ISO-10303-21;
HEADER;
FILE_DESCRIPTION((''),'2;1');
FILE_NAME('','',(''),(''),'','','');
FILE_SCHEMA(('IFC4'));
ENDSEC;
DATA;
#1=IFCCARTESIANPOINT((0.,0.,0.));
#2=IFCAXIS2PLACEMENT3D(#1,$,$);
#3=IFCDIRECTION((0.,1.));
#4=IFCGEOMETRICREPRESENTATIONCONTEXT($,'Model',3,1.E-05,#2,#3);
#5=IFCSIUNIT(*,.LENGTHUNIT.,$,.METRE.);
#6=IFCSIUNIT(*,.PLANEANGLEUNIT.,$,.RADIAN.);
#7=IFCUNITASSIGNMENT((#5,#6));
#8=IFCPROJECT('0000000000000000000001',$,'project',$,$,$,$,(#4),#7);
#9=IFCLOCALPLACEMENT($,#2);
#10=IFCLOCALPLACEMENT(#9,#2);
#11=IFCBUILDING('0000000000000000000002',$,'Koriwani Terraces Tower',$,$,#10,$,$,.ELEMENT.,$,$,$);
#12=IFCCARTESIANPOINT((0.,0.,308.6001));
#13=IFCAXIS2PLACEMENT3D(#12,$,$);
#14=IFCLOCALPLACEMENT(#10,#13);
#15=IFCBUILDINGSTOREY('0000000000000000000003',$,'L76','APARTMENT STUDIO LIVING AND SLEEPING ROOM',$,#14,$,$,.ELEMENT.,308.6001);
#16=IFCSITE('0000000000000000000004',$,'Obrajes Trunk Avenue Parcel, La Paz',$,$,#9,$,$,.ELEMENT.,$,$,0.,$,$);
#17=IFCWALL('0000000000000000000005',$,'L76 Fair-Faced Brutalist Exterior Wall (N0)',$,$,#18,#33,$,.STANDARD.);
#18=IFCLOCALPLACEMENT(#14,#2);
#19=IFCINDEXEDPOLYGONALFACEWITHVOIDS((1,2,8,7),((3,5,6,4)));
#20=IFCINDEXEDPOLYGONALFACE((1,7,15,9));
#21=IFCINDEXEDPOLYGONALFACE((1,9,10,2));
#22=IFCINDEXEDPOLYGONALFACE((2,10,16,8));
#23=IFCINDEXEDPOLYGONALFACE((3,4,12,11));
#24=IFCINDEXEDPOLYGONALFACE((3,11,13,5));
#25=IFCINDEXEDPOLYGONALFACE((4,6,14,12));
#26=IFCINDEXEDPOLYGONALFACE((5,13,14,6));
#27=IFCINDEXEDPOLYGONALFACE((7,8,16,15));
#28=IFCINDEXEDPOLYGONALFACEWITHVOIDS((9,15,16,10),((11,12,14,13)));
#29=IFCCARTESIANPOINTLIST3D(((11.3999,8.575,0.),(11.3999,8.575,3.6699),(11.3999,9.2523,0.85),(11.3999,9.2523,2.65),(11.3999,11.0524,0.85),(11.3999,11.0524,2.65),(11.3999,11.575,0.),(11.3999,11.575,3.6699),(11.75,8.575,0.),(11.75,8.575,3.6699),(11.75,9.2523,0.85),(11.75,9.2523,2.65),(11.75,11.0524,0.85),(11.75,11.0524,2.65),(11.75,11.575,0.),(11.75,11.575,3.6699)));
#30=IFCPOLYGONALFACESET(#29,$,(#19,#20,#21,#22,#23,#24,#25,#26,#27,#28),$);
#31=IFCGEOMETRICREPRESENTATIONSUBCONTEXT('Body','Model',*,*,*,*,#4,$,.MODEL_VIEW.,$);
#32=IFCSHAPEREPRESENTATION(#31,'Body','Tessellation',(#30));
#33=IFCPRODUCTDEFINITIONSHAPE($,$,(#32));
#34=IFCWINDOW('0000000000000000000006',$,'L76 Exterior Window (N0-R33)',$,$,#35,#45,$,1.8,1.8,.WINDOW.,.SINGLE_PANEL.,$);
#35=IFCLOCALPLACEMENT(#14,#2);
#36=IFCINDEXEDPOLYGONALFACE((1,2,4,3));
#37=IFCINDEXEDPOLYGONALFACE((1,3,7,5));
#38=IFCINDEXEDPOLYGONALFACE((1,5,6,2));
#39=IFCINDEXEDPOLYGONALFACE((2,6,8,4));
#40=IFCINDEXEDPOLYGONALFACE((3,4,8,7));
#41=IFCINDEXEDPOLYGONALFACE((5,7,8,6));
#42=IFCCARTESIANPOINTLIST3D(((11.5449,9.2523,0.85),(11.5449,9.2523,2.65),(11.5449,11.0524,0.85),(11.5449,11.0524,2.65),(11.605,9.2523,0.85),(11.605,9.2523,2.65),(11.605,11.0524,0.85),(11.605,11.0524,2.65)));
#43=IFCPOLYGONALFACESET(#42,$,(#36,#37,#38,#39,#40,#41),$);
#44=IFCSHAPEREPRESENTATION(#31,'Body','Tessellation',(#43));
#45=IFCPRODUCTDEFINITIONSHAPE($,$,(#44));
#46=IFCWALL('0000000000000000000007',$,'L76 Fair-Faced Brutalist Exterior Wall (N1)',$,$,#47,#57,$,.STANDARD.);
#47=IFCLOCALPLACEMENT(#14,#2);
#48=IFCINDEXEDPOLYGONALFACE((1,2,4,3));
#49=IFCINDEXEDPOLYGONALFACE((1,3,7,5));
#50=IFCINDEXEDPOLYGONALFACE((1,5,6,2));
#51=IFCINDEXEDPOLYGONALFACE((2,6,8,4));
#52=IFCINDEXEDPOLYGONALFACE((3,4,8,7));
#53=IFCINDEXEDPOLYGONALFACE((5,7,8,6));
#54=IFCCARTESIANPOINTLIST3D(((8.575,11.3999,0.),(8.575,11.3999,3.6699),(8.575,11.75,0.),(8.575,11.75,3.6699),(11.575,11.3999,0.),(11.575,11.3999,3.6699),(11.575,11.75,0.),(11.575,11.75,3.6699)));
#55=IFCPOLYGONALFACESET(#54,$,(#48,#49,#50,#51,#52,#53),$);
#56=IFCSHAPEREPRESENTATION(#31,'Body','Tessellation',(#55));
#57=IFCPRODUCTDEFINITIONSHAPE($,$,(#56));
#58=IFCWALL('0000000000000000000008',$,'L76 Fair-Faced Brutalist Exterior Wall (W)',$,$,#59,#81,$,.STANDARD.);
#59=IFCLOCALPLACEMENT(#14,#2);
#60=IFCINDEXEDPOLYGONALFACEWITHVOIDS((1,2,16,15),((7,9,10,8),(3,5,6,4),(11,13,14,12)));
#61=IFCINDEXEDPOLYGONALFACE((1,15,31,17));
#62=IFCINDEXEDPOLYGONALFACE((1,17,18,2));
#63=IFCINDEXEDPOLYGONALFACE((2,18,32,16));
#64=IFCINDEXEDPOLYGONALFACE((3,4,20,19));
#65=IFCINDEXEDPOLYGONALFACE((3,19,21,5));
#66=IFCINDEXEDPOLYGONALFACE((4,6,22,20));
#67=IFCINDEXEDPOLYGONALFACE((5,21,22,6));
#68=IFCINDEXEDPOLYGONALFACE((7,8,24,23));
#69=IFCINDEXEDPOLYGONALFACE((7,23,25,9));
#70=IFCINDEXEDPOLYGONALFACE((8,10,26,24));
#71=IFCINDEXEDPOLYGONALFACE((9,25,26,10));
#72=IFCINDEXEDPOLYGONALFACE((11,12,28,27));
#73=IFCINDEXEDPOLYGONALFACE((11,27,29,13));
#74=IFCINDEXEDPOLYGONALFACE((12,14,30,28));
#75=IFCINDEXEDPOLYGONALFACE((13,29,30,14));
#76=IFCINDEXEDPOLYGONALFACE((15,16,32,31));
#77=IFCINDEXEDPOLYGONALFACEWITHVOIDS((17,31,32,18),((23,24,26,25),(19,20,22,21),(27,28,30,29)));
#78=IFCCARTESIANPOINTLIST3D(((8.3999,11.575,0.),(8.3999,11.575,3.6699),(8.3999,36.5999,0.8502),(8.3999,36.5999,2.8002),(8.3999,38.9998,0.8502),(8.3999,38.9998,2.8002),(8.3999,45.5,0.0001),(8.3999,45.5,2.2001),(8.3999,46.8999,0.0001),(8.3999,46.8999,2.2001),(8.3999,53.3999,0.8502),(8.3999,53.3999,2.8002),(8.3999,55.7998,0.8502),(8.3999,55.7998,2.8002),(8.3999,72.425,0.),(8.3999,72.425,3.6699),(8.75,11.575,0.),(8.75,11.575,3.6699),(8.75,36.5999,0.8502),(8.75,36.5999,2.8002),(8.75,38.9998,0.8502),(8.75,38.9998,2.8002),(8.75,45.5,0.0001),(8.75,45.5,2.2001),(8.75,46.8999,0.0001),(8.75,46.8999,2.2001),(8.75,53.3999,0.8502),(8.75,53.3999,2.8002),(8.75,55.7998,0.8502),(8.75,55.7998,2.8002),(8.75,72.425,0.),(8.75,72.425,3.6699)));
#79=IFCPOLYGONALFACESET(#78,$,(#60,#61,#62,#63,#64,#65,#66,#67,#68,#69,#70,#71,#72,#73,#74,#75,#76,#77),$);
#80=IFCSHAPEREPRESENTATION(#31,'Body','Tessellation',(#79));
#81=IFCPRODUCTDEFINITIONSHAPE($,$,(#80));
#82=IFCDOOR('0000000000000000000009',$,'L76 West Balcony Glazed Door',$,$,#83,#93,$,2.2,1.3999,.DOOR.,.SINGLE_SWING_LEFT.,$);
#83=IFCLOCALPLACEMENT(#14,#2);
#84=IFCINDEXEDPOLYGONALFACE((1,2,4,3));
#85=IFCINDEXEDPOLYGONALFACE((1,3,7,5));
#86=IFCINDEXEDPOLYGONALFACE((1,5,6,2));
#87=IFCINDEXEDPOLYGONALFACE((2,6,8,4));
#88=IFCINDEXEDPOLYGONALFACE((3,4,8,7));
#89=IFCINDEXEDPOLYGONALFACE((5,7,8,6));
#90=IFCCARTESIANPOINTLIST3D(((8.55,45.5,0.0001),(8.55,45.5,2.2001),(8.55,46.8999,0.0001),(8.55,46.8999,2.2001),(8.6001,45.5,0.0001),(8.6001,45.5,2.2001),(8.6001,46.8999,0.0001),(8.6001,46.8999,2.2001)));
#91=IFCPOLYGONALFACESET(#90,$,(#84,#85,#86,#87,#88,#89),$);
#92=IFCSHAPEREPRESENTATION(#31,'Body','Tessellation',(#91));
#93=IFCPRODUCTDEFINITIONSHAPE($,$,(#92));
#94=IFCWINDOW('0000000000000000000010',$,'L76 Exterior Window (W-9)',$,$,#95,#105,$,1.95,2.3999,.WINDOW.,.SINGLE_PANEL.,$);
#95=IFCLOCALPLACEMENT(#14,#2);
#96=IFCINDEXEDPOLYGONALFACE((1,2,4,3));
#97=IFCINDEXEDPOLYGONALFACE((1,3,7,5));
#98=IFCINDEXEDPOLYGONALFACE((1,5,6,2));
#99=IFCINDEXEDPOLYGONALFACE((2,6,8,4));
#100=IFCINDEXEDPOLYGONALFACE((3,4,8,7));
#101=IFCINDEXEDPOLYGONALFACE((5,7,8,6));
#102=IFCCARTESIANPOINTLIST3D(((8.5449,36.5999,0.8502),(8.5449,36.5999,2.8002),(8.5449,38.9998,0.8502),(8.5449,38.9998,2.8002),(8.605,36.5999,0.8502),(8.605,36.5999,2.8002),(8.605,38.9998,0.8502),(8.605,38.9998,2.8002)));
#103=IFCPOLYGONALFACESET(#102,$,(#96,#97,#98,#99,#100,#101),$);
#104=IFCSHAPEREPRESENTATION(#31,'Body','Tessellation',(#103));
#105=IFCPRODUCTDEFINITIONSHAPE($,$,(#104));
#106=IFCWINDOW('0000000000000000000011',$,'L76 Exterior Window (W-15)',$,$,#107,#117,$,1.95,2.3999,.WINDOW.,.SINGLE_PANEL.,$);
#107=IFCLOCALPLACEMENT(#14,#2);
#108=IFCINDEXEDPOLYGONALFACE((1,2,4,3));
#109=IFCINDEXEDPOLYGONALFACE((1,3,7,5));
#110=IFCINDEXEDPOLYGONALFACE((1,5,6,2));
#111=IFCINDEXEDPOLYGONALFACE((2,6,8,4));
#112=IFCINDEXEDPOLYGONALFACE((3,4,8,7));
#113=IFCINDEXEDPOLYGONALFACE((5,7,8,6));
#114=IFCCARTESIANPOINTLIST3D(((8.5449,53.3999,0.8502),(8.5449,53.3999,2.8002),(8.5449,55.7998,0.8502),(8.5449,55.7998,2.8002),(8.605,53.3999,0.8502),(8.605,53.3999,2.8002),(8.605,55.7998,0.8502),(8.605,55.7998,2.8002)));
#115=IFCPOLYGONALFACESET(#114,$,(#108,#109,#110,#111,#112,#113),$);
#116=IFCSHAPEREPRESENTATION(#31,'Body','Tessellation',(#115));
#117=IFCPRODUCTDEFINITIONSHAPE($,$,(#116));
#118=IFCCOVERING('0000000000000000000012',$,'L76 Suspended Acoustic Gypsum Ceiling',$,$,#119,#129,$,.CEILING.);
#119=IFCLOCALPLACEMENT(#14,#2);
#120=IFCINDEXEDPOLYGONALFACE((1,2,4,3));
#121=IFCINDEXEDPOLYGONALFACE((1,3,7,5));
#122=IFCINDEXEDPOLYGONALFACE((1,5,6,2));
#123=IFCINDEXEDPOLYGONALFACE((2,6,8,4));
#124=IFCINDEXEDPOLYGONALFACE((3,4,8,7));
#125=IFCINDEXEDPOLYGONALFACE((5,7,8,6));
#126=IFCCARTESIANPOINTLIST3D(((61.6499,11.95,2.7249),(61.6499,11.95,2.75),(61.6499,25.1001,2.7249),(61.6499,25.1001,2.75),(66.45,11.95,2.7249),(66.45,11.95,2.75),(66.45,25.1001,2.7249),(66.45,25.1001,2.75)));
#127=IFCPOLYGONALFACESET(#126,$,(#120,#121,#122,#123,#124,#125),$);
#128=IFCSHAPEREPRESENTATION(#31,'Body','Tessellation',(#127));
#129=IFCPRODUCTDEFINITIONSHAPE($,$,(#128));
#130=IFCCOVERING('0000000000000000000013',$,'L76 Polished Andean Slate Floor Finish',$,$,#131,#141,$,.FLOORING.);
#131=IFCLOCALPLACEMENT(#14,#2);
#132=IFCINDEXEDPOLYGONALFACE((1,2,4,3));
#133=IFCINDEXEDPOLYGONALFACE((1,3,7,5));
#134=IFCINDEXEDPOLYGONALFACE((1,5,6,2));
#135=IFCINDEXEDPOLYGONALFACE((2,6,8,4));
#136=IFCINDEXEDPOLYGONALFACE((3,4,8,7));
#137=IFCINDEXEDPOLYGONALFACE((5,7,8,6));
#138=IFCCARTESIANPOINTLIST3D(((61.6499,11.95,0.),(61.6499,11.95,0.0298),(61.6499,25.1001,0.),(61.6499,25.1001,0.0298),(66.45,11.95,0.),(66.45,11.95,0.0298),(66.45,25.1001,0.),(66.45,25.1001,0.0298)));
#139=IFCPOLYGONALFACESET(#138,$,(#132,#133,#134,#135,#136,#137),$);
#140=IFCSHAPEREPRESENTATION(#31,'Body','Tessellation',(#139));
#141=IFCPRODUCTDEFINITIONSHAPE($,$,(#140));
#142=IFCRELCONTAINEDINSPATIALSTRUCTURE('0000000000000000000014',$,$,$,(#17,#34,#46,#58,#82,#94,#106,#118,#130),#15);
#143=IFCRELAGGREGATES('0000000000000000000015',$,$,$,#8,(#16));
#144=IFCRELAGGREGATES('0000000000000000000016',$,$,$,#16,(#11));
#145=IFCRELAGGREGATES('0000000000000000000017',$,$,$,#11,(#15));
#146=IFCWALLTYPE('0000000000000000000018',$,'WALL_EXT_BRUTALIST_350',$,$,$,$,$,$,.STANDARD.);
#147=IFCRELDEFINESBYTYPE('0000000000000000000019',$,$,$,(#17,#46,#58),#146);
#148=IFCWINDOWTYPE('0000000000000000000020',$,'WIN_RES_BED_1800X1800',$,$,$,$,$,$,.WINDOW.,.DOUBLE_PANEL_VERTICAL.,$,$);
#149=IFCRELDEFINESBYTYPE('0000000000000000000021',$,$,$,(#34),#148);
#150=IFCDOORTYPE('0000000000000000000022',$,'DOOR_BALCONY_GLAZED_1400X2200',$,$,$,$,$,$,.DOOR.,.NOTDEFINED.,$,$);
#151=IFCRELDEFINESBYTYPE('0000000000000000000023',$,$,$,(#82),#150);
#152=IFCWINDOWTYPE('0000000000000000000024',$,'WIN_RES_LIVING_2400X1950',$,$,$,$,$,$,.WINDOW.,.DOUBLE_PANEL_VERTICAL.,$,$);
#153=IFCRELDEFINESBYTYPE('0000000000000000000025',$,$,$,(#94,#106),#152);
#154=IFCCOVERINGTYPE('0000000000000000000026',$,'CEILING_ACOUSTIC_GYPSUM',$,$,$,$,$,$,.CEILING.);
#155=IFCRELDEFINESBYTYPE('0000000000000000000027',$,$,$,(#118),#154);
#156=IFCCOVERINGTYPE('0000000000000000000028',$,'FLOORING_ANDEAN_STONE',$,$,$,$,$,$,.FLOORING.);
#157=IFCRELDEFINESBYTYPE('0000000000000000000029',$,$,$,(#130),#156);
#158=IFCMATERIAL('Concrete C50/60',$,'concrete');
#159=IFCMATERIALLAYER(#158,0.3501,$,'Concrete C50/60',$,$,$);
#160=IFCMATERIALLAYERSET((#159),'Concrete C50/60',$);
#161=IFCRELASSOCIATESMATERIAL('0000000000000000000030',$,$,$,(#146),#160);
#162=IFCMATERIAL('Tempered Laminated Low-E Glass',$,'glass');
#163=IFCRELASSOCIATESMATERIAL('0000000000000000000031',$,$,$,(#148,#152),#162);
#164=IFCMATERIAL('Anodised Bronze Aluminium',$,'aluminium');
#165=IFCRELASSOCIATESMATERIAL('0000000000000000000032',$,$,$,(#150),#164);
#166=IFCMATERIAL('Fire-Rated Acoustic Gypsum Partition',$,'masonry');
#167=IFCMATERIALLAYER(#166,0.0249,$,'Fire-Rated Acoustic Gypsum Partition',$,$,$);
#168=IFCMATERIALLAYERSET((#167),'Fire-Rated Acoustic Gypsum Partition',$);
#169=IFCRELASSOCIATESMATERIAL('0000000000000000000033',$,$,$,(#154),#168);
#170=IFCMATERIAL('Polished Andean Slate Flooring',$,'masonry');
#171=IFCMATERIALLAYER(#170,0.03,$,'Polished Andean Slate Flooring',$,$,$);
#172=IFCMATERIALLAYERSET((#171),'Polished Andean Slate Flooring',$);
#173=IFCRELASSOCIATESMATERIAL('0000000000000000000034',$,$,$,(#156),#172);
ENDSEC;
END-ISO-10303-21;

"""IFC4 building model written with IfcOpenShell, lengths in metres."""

from ifc_helpers import new_model, si_unit, direction, frame, frame_2d, origin, place, context, subcontext, project, spatial, polyline, rectangle, outline, extrude, material, layer, layer_set, type_object, element, fill, save


model = new_model("IFC4")

# Units and contexts
model_context = context("Model", 3, precision=1e-05, world=origin(), true_north=direction((0.0, 1.0)))
body_context = subcontext(model_context, "Body", "Model", "MODEL_VIEW")
ifc_project = project(units=[si_unit("LENGTHUNIT", "METRE"), si_unit("PLANEANGLEUNIT", "RADIAN")], contexts=[model_context])

# Site, building, storey
site_placement = place(None, origin())
site = spatial("IfcSite", under=ifc_project, at=site_placement, Name="Obrajes Trunk Avenue Parcel, La Paz", CompositionType="ELEMENT", RefElevation=0.0)
building_placement = place(site_placement, origin())
building = spatial("IfcBuilding", under=site, at=building_placement, Name="Koriwani Terraces Tower", CompositionType="ELEMENT")
storey_placement = place(building_placement, frame((0.0, 0.0, 308.6001)))
storey = spatial("IfcBuildingStorey", under=building, at=storey_placement, Name="L76", Description="APARTMENT STUDIO LIVING AND SLEEPING ROOM", CompositionType="ELEMENT", Elevation=308.6001)

# Shared definitions
ifc_material_1 = material(Name="Concrete C50/60", Category="concrete")

# Wall, opening, window
ifc_layer_1 = layer(ifc_material_1, 0.3501, Name="Concrete C50/60")
ifc_layer_set_1 = layer_set([ifc_layer_1], Name="Concrete C50/60")
wall_type_1 = type_object("IfcWallType", Name="WALL_EXT_BRUTALIST_350", PredefinedType="STANDARD", material=ifc_layer_set_1)
wall_1_placement = place(storey_placement, frame((11.575, 8.575, 0.0), z_axis=(0.0, 0.0, 1.0), x_axis=(0.0, 1.0, 0.0)))
wall_1 = element("IfcWall", 1, at=wall_1_placement, inside=storey, type_object=wall_type_1, Name="L76 Fair-Faced Brutalist Exterior Wall (N0)", PredefinedType="STANDARD", context=body_context, shape_type="SweptSolid", body=[
    extrude(rectangle(XDim=3.0, YDim=0.3501, at=frame_2d((1.5, 0.0))), origin(), (0.0, 0.0, 1.0), 3.6699),
])
opening_1_placement = place(wall_1_placement, frame((0.6775, 0.0, 0.8501)))
opening_1 = element("IfcOpeningElement", 2, at=opening_1_placement, cuts=wall_1, PredefinedType="OPENING", context=body_context, shape_type="SweptSolid", body=[
    extrude(rectangle(XDim=1.8, YDim=1.8, at=frame_2d((0.8999, 0.8999))), frame((0.0, 0.1851, 0.0), z_axis=(0.0, -1.0, 0.0), x_axis=(1.0, 0.0, 0.0)), (0.0, 0.0, 1.0), 0.3701),
])
ifc_material_2 = material(Name="Tempered Laminated Low-E Glass", Category="glass")
window_type_1 = type_object("IfcWindowType", Name="WIN_RES_BED_1800X1800", PartitioningType="DOUBLE_PANEL_VERTICAL", PredefinedType="WINDOW", material=ifc_material_2)
window_1_placement = place(opening_1_placement, origin())
window_1 = element("IfcWindow", 3, at=window_1_placement, inside=storey, type_object=window_type_1, Name="L76 Exterior Window (N0-R33)", OverallHeight=1.8, OverallWidth=1.8, PartitioningType="SINGLE_PANEL", PredefinedType="WINDOW", context=body_context, shape_type="SweptSolid", body=[
    extrude(rectangle(XDim=1.8, YDim=1.8, at=frame_2d((0.8999, 0.8999))), frame((0.0, 0.03, 0.0), z_axis=(0.0, -1.0, 0.0), x_axis=(1.0, 0.0, 0.0)), (0.0, 0.0, 1.0), 0.0601),
])
fill(opening_1, window_1)

# Wall
wall_2_placement = place(storey_placement, frame((11.575, 11.575, 0.0), z_axis=(0.0, 0.0, 1.0), x_axis=(-1.0, 0.0, 0.0)))
element("IfcWall", 4, at=wall_2_placement, inside=storey, type_object=wall_type_1, Name="L76 Fair-Faced Brutalist Exterior Wall (N1)", PredefinedType="STANDARD", context=body_context, shape_type="SweptSolid", body=[
    extrude(rectangle(XDim=3.0, YDim=0.3501, at=frame_2d((1.5, 0.0))), origin(), (0.0, 0.0, 1.0), 3.6699),
])

# Wall, openings, door, windows
wall_3_placement = place(storey_placement, frame((8.575, 11.575, 0.0), z_axis=(0.0, 0.0, 1.0), x_axis=(0.0, 1.0, 0.0)))
wall_3 = element("IfcWall", 5, at=wall_3_placement, inside=storey, type_object=wall_type_1, Name="L76 Fair-Faced Brutalist Exterior Wall (W)", PredefinedType="STANDARD", context=body_context, shape_type="SweptSolid", body=[
    extrude(rectangle(XDim=60.8501, YDim=0.3501, at=frame_2d((30.425, 0.0))), origin(), (0.0, 0.0, 1.0), 3.6699),
])
opening_2_placement = place(wall_3_placement, frame((33.925, 0.0, 0.0)))
opening_2 = element("IfcOpeningElement", 6, at=opening_2_placement, cuts=wall_3, PredefinedType="OPENING", context=body_context, shape_type="SweptSolid", body=[
    extrude(rectangle(XDim=1.3999, YDim=2.2, at=frame_2d((0.7, 1.1001))), frame((0.0, 0.1851, 0.0), z_axis=(0.0, -1.0, 0.0), x_axis=(1.0, 0.0, 0.0)), (0.0, 0.0, 1.0), 0.3701),
])
opening_3_placement = place(wall_3_placement, frame((25.0249, 0.0, 0.8501)))
opening_3 = element("IfcOpeningElement", 7, at=opening_3_placement, cuts=wall_3, PredefinedType="OPENING", context=body_context, shape_type="SweptSolid", body=[
    extrude(rectangle(XDim=2.3999, YDim=1.95, at=frame_2d((1.2, 0.9751))), frame((0.0, 0.1851, 0.0), z_axis=(0.0, -1.0, 0.0), x_axis=(1.0, 0.0, 0.0)), (0.0, 0.0, 1.0), 0.3701),
])
opening_4_placement = place(wall_3_placement, frame((41.825, 0.0, 0.8501)))
opening_4 = element("IfcOpeningElement", 8, at=opening_4_placement, cuts=wall_3, PredefinedType="OPENING", context=body_context, shape_type="SweptSolid", body=[
    extrude(rectangle(XDim=2.3999, YDim=1.95, at=frame_2d((1.2, 0.9751))), frame((0.0, 0.1851, 0.0), z_axis=(0.0, -1.0, 0.0), x_axis=(1.0, 0.0, 0.0)), (0.0, 0.0, 1.0), 0.3701),
])
ifc_material_3 = material(Name="Anodised Bronze Aluminium", Category="aluminium")
door_type = type_object("IfcDoorType", Name="DOOR_BALCONY_GLAZED_1400X2200", OperationType="NOTDEFINED", PredefinedType="DOOR", material=ifc_material_3)
door_placement = place(opening_2_placement, origin())
door = element("IfcDoor", 9, at=door_placement, inside=storey, type_object=door_type, Name="L76 West Balcony Glazed Door", OperationType="SINGLE_SWING_LEFT", OverallHeight=2.2, OverallWidth=1.3999, PredefinedType="DOOR", context=body_context, shape_type="SweptSolid", body=[
    extrude(rectangle(XDim=1.3999, YDim=2.2, at=frame_2d((0.7, 1.1001))), frame((0.0, 0.0249, 0.0), z_axis=(0.0, -1.0, 0.0), x_axis=(1.0, 0.0, 0.0)), (0.0, 0.0, 1.0), 0.05),
])
fill(opening_2, door)
window_type_2 = type_object("IfcWindowType", Name="WIN_RES_LIVING_2400X1950", PartitioningType="DOUBLE_PANEL_VERTICAL", PredefinedType="WINDOW", material=ifc_material_2)
window_2_placement = place(opening_3_placement, origin())
window_2 = element("IfcWindow", 10, at=window_2_placement, inside=storey, type_object=window_type_2, Name="L76 Exterior Window (W-9)", OverallHeight=1.95, OverallWidth=2.3999, PartitioningType="SINGLE_PANEL", PredefinedType="WINDOW", context=body_context, shape_type="SweptSolid", body=[
    extrude(rectangle(XDim=2.3999, YDim=1.95, at=frame_2d((1.2, 0.9751))), frame((0.0, 0.03, 0.0), z_axis=(0.0, -1.0, 0.0), x_axis=(1.0, 0.0, 0.0)), (0.0, 0.0, 1.0), 0.0601),
])
fill(opening_3, window_2)
window_3_placement = place(opening_4_placement, origin())
window_3 = element("IfcWindow", 11, at=window_3_placement, inside=storey, type_object=window_type_2, Name="L76 Exterior Window (W-15)", OverallHeight=1.95, OverallWidth=2.3999, PartitioningType="SINGLE_PANEL", PredefinedType="WINDOW", context=body_context, shape_type="SweptSolid", body=[
    extrude(rectangle(XDim=2.3999, YDim=1.95, at=frame_2d((1.2, 0.9751))), frame((0.0, 0.03, 0.0), z_axis=(0.0, -1.0, 0.0), x_axis=(1.0, 0.0, 0.0)), (0.0, 0.0, 1.0), 0.0601),
])
fill(opening_4, window_3)

# Coverings
ifc_material_4 = material(Name="Fire-Rated Acoustic Gypsum Partition", Category="masonry")
ifc_layer_2 = layer(ifc_material_4, 0.0249, Name="Fire-Rated Acoustic Gypsum Partition")
ifc_layer_set_2 = layer_set([ifc_layer_2], Name="Fire-Rated Acoustic Gypsum Partition")
covering_type_1 = type_object("IfcCoveringType", Name="CEILING_ACOUSTIC_GYPSUM", PredefinedType="CEILING", material=ifc_layer_set_2)
covering_1_placement = place(storey_placement, frame((0.0, 0.0, 2.7249)))
element("IfcCovering", 12, at=covering_1_placement, inside=storey, type_object=covering_type_1, Name="L76 Suspended Acoustic Gypsum Ceiling", PredefinedType="CEILING", context=body_context, shape_type="SweptSolid", body=[
    extrude(outline(polyline([(61.6499, 11.95), (61.6499, 25.1001), (66.45, 25.1001), (66.45, 11.95), (61.6499, 11.95)])), origin(), (0.0, 0.0, 1.0), 0.0251),
])
ifc_material_5 = material(Name="Polished Andean Slate Flooring", Category="masonry")
ifc_layer_3 = layer(ifc_material_5, 0.03, Name="Polished Andean Slate Flooring")
ifc_layer_set_3 = layer_set([ifc_layer_3], Name="Polished Andean Slate Flooring")
covering_type_2 = type_object("IfcCoveringType", Name="FLOORING_ANDEAN_STONE", PredefinedType="FLOORING", material=ifc_layer_set_3)
covering_2_placement = place(storey_placement, origin())
element("IfcCovering", 13, at=covering_2_placement, inside=storey, type_object=covering_type_2, Name="L76 Polished Andean Slate Floor Finish", PredefinedType="FLOORING", context=body_context, shape_type="SweptSolid", body=[
    extrude(outline(polyline([(61.6499, 11.95), (61.6499, 25.1001), (66.45, 25.1001), (66.45, 11.95), (61.6499, 11.95)])), origin(), (0.0, 0.0, 1.0), 0.0298),
])

save(model, "model.ifc")
